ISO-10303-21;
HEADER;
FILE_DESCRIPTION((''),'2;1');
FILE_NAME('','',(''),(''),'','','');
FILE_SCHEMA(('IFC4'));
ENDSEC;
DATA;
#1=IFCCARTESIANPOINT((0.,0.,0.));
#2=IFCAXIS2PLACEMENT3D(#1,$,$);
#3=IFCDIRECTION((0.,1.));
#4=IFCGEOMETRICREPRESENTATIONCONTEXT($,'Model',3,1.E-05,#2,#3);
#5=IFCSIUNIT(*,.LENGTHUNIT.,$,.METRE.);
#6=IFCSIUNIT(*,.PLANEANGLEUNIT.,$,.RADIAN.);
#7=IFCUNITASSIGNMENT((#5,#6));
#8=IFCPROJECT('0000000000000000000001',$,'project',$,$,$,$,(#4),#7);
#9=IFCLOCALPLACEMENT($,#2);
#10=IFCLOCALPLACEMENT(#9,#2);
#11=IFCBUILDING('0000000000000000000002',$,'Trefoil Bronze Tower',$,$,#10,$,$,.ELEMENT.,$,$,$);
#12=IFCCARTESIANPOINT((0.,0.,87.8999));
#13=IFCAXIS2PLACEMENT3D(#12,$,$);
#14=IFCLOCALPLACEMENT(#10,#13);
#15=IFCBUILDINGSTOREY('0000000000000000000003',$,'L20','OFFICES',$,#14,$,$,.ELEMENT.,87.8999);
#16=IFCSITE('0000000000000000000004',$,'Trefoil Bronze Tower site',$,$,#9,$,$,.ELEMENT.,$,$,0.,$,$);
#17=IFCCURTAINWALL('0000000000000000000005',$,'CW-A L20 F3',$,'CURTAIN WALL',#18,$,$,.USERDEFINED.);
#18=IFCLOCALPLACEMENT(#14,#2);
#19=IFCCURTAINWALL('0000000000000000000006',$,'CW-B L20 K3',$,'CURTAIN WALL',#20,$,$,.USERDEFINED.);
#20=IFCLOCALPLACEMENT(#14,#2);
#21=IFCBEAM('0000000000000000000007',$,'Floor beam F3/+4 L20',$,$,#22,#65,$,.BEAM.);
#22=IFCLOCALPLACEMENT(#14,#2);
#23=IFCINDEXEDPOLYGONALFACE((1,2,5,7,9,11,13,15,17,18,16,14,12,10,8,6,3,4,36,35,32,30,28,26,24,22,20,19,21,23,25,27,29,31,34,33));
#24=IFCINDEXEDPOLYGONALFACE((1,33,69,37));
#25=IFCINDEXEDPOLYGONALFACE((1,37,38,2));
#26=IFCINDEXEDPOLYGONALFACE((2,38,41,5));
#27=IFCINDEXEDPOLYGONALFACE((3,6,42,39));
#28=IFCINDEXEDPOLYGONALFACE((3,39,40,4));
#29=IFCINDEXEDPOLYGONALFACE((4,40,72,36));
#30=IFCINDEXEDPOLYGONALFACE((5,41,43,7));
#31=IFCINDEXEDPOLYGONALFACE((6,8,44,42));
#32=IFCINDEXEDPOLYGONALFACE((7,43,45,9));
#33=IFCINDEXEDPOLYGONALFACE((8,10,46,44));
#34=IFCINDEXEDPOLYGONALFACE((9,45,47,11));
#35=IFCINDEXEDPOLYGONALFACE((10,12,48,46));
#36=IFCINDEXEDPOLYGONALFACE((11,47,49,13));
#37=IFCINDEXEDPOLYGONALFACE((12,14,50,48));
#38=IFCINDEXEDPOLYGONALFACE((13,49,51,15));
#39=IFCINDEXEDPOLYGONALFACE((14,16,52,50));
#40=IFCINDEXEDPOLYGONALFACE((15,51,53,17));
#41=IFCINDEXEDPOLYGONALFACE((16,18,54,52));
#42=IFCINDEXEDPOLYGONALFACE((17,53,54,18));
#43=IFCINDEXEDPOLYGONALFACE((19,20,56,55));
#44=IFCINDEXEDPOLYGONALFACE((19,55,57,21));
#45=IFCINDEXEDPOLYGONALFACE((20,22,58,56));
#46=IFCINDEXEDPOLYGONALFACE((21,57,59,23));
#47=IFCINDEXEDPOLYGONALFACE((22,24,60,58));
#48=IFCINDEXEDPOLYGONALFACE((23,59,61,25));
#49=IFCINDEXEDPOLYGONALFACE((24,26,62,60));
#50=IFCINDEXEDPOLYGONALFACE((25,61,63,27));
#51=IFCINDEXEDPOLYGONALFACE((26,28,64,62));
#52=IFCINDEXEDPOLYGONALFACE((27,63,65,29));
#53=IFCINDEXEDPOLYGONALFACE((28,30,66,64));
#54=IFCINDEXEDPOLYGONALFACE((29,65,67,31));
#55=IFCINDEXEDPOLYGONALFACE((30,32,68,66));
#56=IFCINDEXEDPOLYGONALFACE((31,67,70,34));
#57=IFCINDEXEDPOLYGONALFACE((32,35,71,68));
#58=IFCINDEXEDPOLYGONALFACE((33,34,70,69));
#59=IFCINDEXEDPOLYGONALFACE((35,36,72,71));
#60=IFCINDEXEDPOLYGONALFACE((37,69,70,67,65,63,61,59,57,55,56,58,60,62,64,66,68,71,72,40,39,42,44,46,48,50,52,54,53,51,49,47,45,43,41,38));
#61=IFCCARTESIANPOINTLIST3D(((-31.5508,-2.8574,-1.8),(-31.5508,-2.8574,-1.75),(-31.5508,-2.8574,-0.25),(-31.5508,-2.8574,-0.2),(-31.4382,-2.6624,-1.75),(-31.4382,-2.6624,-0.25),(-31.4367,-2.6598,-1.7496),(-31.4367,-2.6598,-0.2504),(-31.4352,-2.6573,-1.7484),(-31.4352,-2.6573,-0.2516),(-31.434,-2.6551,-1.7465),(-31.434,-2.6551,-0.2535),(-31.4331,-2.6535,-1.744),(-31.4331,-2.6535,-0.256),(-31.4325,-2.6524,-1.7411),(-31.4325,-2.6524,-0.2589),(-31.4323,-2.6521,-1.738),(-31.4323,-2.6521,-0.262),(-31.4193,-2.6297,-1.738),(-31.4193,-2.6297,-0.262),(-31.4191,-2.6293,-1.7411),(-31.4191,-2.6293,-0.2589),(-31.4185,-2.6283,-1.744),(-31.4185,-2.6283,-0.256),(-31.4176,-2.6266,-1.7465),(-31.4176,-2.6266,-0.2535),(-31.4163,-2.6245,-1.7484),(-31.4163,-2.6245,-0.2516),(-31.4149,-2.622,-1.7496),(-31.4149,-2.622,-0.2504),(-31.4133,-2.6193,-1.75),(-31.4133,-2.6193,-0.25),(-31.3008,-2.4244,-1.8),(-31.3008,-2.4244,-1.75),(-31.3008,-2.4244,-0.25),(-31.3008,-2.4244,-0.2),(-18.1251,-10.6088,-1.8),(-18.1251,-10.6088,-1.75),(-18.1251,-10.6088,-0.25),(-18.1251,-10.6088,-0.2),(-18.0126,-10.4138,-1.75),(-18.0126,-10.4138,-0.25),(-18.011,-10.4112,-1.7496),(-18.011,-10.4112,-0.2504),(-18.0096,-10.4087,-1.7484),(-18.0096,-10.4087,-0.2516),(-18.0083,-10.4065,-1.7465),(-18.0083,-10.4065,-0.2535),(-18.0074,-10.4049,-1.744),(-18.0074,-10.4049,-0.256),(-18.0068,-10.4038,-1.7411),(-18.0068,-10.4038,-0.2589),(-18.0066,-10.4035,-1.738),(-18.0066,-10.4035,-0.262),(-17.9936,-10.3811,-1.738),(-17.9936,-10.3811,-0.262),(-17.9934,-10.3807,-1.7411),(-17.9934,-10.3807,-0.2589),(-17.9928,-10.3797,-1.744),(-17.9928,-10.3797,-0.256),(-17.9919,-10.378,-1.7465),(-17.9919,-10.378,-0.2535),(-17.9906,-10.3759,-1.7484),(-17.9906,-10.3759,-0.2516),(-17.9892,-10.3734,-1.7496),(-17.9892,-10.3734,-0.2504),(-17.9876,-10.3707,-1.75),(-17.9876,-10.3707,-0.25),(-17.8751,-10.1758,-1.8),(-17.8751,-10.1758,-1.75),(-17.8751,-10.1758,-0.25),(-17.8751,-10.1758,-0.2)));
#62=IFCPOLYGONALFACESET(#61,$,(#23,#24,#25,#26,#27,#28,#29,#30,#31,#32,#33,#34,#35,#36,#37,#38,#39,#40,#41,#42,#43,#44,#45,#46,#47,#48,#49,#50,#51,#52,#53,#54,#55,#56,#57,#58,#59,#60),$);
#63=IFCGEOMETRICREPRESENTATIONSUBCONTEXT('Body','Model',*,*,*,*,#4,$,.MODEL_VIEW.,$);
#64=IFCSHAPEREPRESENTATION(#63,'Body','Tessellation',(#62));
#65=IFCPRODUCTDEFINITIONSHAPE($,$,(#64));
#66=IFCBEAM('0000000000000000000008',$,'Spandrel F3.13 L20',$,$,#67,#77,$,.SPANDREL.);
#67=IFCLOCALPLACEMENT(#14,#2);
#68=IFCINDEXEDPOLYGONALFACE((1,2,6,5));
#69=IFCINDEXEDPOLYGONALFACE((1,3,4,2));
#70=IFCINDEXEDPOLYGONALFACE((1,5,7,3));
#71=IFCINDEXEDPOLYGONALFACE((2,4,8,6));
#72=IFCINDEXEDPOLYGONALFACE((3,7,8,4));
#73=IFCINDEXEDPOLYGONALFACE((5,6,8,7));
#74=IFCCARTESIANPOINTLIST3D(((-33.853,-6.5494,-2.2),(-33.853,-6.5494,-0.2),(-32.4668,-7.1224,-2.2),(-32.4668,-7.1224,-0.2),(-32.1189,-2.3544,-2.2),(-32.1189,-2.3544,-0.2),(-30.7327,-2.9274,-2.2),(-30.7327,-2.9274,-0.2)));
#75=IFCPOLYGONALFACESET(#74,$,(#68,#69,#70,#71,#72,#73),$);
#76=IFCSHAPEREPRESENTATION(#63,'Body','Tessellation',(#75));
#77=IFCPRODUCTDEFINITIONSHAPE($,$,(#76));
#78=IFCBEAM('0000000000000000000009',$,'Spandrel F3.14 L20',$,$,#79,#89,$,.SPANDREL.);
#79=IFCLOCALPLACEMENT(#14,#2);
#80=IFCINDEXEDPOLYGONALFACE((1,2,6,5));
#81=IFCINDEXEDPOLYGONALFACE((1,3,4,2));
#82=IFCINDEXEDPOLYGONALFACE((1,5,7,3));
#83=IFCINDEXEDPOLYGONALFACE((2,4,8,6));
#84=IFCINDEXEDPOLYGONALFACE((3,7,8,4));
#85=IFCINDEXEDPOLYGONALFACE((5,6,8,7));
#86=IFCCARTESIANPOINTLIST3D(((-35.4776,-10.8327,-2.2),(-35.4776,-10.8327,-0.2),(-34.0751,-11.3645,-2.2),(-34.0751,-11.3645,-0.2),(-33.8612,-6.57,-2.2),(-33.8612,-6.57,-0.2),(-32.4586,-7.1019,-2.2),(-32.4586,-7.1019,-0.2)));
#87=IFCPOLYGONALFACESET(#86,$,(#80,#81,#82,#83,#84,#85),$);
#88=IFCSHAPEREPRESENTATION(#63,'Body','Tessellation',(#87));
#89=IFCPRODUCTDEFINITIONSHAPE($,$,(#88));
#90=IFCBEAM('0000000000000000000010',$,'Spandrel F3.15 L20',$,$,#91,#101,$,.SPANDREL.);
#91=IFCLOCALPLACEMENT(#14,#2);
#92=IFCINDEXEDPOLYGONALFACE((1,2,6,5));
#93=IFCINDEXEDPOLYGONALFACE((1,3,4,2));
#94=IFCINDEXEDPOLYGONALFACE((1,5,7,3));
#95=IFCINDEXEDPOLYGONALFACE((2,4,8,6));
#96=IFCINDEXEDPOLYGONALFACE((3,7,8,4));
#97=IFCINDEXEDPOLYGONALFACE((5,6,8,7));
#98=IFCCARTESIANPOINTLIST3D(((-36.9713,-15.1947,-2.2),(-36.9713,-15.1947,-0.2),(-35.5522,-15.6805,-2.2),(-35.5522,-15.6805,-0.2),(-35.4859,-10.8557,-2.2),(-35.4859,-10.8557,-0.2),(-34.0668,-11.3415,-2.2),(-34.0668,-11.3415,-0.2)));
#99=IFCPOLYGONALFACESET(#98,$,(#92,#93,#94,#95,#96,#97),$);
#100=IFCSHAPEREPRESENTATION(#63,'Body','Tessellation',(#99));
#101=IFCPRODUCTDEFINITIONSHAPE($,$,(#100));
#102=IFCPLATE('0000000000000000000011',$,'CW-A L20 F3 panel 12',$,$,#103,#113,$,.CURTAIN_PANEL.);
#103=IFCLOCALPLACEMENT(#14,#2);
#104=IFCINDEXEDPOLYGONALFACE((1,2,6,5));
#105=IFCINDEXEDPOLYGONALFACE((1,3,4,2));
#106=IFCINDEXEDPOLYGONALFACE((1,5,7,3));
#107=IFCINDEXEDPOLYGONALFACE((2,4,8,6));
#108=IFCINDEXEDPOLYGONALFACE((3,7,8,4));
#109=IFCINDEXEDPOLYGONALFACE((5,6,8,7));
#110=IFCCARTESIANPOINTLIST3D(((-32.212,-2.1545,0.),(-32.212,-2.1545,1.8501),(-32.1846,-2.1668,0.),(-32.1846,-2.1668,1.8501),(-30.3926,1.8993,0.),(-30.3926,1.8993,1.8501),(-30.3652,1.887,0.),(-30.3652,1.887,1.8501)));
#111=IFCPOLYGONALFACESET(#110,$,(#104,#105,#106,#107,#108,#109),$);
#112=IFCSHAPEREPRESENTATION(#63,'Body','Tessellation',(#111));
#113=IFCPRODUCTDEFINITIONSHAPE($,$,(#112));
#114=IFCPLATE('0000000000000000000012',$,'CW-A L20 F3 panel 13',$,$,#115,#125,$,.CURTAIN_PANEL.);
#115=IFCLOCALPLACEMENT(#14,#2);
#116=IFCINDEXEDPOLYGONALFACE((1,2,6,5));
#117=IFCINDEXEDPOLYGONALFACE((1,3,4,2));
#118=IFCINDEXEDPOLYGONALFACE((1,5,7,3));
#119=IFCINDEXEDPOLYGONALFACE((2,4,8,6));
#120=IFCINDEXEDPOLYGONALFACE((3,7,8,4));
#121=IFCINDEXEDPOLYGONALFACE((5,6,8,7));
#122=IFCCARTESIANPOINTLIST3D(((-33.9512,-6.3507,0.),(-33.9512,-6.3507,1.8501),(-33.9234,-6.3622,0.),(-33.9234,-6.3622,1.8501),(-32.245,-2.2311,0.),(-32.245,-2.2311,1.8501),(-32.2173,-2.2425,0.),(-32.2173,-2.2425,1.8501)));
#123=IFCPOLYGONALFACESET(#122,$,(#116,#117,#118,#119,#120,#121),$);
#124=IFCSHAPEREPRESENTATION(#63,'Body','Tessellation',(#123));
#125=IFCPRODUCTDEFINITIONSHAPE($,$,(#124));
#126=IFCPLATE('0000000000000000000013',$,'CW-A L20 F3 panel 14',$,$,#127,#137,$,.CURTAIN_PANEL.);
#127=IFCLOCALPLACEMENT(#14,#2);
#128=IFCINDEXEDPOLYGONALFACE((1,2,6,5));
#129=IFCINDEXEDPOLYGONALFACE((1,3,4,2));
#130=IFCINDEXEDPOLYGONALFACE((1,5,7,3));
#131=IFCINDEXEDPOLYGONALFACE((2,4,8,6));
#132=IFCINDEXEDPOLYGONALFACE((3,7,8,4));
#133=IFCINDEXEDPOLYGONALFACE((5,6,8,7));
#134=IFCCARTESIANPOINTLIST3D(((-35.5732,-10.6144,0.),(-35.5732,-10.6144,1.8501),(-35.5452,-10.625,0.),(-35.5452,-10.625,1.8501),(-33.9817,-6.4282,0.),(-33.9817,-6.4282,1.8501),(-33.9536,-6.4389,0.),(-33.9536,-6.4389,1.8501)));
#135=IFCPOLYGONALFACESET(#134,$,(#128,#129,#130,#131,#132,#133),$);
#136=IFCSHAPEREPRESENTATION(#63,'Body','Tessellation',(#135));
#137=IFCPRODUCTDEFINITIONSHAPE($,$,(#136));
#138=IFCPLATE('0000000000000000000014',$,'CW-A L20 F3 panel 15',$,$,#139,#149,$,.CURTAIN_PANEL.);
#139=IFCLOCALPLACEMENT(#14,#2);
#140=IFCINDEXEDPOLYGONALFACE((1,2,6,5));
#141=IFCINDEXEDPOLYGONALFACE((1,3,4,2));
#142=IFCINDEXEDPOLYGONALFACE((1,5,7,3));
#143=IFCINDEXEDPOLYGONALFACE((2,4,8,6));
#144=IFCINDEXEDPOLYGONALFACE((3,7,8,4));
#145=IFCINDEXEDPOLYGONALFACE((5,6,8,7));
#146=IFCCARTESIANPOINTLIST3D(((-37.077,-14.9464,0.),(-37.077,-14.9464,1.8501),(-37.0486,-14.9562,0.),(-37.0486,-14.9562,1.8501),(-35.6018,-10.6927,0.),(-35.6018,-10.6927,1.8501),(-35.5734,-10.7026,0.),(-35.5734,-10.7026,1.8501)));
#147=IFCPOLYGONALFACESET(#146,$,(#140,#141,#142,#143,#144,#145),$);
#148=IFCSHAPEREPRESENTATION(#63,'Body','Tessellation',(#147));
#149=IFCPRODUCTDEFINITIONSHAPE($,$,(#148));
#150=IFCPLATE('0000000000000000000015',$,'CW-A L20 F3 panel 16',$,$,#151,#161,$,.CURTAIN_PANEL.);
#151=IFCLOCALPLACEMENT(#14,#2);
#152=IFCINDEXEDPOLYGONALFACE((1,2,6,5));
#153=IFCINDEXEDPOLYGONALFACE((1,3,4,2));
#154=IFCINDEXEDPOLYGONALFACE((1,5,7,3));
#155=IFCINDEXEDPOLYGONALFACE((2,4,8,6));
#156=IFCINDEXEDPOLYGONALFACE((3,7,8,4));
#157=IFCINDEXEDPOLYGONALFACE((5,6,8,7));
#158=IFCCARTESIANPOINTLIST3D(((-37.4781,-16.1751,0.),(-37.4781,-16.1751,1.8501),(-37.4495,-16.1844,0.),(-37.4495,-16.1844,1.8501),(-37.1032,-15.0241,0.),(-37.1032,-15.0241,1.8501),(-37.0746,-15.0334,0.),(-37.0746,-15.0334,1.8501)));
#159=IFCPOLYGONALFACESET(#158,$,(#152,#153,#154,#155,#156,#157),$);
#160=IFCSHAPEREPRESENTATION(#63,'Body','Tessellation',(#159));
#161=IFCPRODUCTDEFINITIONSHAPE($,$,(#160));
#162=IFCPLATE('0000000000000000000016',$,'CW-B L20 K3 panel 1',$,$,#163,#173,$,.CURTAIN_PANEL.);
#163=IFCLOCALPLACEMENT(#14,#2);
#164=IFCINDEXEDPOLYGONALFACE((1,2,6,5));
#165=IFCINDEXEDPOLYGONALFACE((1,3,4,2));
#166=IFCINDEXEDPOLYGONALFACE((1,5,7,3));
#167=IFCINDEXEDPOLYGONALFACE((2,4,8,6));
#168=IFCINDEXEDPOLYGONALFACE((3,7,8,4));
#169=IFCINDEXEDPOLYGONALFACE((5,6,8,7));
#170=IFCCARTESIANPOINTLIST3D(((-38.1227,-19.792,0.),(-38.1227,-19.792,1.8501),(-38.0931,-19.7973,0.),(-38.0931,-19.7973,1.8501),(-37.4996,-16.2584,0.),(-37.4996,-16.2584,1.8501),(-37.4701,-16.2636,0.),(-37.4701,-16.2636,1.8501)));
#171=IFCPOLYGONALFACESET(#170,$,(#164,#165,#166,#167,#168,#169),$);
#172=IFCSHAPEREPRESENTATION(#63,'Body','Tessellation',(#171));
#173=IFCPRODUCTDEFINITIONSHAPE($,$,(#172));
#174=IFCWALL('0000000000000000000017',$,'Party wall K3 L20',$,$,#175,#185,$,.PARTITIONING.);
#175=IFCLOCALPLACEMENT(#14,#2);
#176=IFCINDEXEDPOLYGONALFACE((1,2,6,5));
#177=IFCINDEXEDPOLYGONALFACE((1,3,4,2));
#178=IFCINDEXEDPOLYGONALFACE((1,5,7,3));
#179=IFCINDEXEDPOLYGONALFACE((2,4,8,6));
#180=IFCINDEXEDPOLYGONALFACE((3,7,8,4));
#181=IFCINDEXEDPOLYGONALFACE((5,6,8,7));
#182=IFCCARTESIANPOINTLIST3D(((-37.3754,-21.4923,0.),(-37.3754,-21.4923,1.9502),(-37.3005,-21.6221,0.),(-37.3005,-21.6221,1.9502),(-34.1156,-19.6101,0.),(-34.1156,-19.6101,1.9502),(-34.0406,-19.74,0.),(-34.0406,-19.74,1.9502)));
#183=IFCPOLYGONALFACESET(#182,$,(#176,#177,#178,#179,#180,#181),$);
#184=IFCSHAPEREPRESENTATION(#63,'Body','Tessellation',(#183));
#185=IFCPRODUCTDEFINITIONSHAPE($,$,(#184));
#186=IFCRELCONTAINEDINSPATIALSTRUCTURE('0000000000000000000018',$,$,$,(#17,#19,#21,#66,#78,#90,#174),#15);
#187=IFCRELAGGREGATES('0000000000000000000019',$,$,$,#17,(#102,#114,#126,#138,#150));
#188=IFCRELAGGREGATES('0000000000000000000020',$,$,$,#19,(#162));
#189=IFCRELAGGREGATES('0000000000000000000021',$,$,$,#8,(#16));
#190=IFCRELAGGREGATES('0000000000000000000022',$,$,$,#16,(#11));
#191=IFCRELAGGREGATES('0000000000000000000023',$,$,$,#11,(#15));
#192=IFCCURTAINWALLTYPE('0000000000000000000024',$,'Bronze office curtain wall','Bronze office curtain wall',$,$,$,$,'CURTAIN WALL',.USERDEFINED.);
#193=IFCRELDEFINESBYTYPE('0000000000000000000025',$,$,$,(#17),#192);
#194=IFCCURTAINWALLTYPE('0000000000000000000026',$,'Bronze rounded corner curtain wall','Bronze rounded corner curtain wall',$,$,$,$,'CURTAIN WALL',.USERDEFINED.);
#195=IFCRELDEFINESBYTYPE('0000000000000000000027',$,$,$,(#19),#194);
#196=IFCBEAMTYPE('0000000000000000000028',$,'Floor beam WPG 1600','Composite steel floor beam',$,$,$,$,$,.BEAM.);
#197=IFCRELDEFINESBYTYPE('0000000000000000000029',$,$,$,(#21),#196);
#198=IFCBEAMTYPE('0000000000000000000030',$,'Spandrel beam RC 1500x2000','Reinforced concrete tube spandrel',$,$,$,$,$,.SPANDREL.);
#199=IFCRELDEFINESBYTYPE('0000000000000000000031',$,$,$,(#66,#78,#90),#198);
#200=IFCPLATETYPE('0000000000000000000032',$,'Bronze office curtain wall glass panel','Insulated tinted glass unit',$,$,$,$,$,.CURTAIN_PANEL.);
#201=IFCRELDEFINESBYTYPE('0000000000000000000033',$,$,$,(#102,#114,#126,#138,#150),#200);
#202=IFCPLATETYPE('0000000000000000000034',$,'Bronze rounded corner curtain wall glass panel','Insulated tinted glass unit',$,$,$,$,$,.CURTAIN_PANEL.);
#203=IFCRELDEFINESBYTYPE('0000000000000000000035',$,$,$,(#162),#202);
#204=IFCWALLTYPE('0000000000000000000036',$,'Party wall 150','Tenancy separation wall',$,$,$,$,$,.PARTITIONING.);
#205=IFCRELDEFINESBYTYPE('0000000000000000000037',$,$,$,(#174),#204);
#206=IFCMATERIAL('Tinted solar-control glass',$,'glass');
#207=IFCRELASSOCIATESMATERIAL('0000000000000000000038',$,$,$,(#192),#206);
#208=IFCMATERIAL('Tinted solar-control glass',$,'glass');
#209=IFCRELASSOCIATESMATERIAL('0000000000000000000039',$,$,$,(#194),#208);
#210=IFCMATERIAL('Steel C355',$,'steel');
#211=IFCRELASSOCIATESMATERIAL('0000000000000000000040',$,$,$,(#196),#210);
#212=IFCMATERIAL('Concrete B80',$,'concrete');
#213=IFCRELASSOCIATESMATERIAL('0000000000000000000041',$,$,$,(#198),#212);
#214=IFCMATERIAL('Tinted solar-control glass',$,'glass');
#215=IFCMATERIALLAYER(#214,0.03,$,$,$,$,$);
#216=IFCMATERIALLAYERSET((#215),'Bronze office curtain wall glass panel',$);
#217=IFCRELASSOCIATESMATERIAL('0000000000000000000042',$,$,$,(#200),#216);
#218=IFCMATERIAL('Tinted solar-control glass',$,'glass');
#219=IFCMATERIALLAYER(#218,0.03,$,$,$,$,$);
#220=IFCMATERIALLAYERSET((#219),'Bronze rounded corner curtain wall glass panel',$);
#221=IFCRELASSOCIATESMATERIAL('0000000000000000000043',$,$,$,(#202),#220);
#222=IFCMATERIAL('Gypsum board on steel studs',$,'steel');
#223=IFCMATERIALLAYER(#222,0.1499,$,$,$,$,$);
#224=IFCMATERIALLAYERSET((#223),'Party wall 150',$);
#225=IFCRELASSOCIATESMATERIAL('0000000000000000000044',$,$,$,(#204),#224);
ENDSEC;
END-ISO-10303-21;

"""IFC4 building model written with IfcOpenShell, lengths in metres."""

from ifc_helpers import new_model, si_unit, direction, frame, frame_2d, origin, origin_2d, place, context, subcontext, project, spatial, rectangle, i_section, extrude, material, layer, layer_set, material_profile, profile_set, type_object, element, aggregate, save


model = new_model("IFC4")

# Units and contexts
model_context = context("Model", 3, precision=1e-05, world=origin(), true_north=direction((0.0, 1.0)))
body_context = subcontext(model_context, "Body", "Model", "MODEL_VIEW")
ifc_project = project(units=[si_unit("LENGTHUNIT", "METRE"), si_unit("PLANEANGLEUNIT", "RADIAN")], contexts=[model_context])

# Site, building, storey
site_placement = place(None, origin())
site = spatial("IfcSite", under=ifc_project, at=site_placement, Name="Trefoil Bronze Tower site", CompositionType="ELEMENT", RefElevation=0.0)
building_placement = place(site_placement, origin())
building = spatial("IfcBuilding", under=site, at=building_placement, Name="Trefoil Bronze Tower", CompositionType="ELEMENT")
storey_placement = place(building_placement, frame((0.0, 0.0, 87.8999)))
storey = spatial("IfcBuildingStorey", under=building, at=storey_placement, Name="L20", Description="OFFICES", CompositionType="ELEMENT", Elevation=87.8999)

# Curtain walls
ifc_material_1 = material(Name="Tinted solar-control glass", Category="glass")
curtain_wall_type_1 = type_object("IfcCurtainWallType", Name="Bronze office curtain wall", Description="Bronze office curtain wall", ElementType="CURTAIN WALL", PredefinedType="USERDEFINED", material=ifc_material_1)
curtain_wall_1_placement = place(storey_placement, origin())
curtain_wall_1 = element("IfcCurtainWall", 1, at=curtain_wall_1_placement, inside=storey, type_object=curtain_wall_type_1, Name="CW-A L20 F3", ObjectType="CURTAIN WALL", PredefinedType="USERDEFINED")
ifc_material_2 = material(Name="Tinted solar-control glass", Category="glass")
curtain_wall_type_2 = type_object("IfcCurtainWallType", Name="Bronze rounded corner curtain wall", Description="Bronze rounded corner curtain wall", ElementType="CURTAIN WALL", PredefinedType="USERDEFINED", material=ifc_material_2)
curtain_wall_2_placement = place(storey_placement, origin())
curtain_wall_2 = element("IfcCurtainWall", 2, at=curtain_wall_2_placement, inside=storey, type_object=curtain_wall_type_2, Name="CW-B L20 K3", ObjectType="CURTAIN WALL", PredefinedType="USERDEFINED")

# Beams
ifc_material_3 = material(Name="Steel C355", Category="steel")
ifc_material_profile_1 = material_profile(ifc_material_3, i_section(OverallWidth=0.5, OverallDepth=1.6001, WebThickness=0.0259, FlangeThickness=0.05, FilletRadius=0.012, at=origin_2d()), Name="WPG 1600")
ifc_profile_set_1 = profile_set([ifc_material_profile_1], Name="Steel C355")
beam_type_1 = type_object("IfcBeamType", Name="Floor beam WPG 1600", Description="Composite steel floor beam", PredefinedType="BEAM", material=ifc_profile_set_1)
beam_1_placement = place(storey_placement, frame((-31.4258, -2.6409, -1.0), z_axis=(0.866023, -0.500004, 0.0), x_axis=(0.500004, 0.866023, 0.0)))
element("IfcBeam", 3, at=beam_1_placement, inside=storey, type_object=beam_type_1, Name="Floor beam F3/+4 L20", PredefinedType="BEAM", context=body_context, shape_type="SweptSolid", body=[
    extrude(i_section(OverallWidth=0.5, OverallDepth=1.6001, WebThickness=0.0259, FlangeThickness=0.05, FilletRadius=0.012, at=origin_2d()), origin(), (0.0, 0.0, 1.0), 15.5027),
])
ifc_material_4 = material(Name="Concrete B80", Category="concrete")
ifc_material_profile_2 = material_profile(ifc_material_4, rectangle(XDim=1.5, YDim=2.0, at=origin_2d()), Name="RC 1500x2000")
ifc_profile_set_2 = profile_set([ifc_material_profile_2], Name="Concrete B80")
beam_type_2 = type_object("IfcBeamType", Name="Spandrel beam RC 1500x2000", Description="Reinforced concrete tube spandrel", PredefinedType="SPANDREL", material=ifc_profile_set_2)
beam_2_placement = place(storey_placement, frame((-31.4258, -2.6409, -1.2), z_axis=(-0.382021, -0.924154, 0.0), x_axis=(0.924154, -0.382021, 0.0)))
element("IfcBeam", 4, at=beam_2_placement, inside=storey, type_object=beam_type_2, Name="Spandrel F3.13 L20", PredefinedType="SPANDREL", context=body_context, shape_type="SweptSolid", body=[
    extrude(rectangle(XDim=1.5, YDim=2.0, at=origin_2d()), origin(), (0.0, 0.0, 1.0), 4.5393),
])
beam_3_placement = place(storey_placement, frame((-33.1599, -6.8359, -1.2), z_axis=(-0.354572, -0.935029, 0.0), x_axis=(0.935029, -0.354572, 0.0)))
element("IfcBeam", 5, at=beam_3_placement, inside=storey, type_object=beam_type_2, Name="Spandrel F3.14 L20", PredefinedType="SPANDREL", context=body_context, shape_type="SweptSolid", body=[
    extrude(rectangle(XDim=1.5, YDim=2.0, at=origin_2d()), origin(), (0.0, 0.0, 1.0), 4.5588),
])
beam_4_placement = place(storey_placement, frame((-34.7764, -11.0986, -1.2), z_axis=(-0.323883, -0.946097, 0.0), x_axis=(0.946097, -0.323883, 0.0)))
element("IfcBeam", 6, at=beam_4_placement, inside=storey, type_object=beam_type_2, Name="Spandrel F3.15 L20", PredefinedType="SPANDREL", context=body_context, shape_type="SweptSolid", body=[
    extrude(rectangle(XDim=1.5, YDim=2.0, at=origin_2d()), origin(), (0.0, 0.0, 1.0), 4.5862),
])

# Plates
ifc_material_5 = material(Name="Tinted solar-control glass", Category="glass")
ifc_layer_1 = layer(ifc_material_5, 0.03)
ifc_layer_set_1 = layer_set([ifc_layer_1], Name="Bronze office curtain wall glass panel")
plate_type_1 = type_object("IfcPlateType", Name="Bronze office curtain wall glass panel", Description="Insulated tinted glass unit", PredefinedType="CURTAIN_PANEL", material=ifc_layer_set_1)
plate_1_placement = place(storey_placement, frame((-31.2886, -0.1338, 0.0), z_axis=(0.0, 0.0, 1.0), x_axis=(-0.409456, -0.91233, 0.0)))
plate_1 = element("IfcPlate", 7, at=plate_1_placement, type_object=plate_type_1, Name="CW-A L20 F3 panel 12", PredefinedType="CURTAIN_PANEL", context=body_context, shape_type="SweptSolid", body=[
    extrude(rectangle(XDim=4.4434, YDim=0.03, at=origin_2d()), origin(), (0.0, 0.0, 1.0), 1.8501),
])
plate_2_placement = place(storey_placement, frame((-33.0842, -4.2966, 0.0), z_axis=(0.0, 0.0, 1.0), x_axis=(-0.38263, -0.923902, 0.0)))
plate_2 = element("IfcPlate", 8, at=plate_2_placement, type_object=plate_type_1, Name="CW-A L20 F3 panel 13", PredefinedType="CURTAIN_PANEL", context=body_context, shape_type="SweptSolid", body=[
    extrude(rectangle(XDim=4.459, YDim=0.03, at=origin_2d()), origin(), (0.0, 0.0, 1.0), 1.8501),
])
plate_3_placement = place(storey_placement, frame((-34.7634, -8.5266, 0.0), z_axis=(0.0, 0.0, 1.0), x_axis=(-0.355371, -0.934725, 0.0)))
plate_3 = element("IfcPlate", 9, at=plate_3_placement, type_object=plate_type_1, Name="CW-A L20 F3 panel 14", PredefinedType="CURTAIN_PANEL", context=body_context, shape_type="SweptSolid", body=[
    extrude(rectangle(XDim=4.4785, YDim=0.03, at=origin_2d()), origin(), (0.0, 0.0, 1.0), 1.8501),
])
plate_4_placement = place(storey_placement, frame((-36.3252, -12.8245, 0.0), z_axis=(0.0, 0.0, 1.0), x_axis=(-0.327674, -0.944791, 0.0)))
plate_4 = element("IfcPlate", 10, at=plate_4_placement, type_object=plate_type_1, Name="CW-A L20 F3 panel 15", PredefinedType="CURTAIN_PANEL", context=body_context, shape_type="SweptSolid", body=[
    extrude(rectangle(XDim=4.5022, YDim=0.03, at=origin_2d()), origin(), (0.0, 0.0, 1.0), 1.8501),
])
plate_5_placement = place(storey_placement, frame((-37.2764, -15.6042, 0.0), z_axis=(0.0, 0.0, 1.0), x_axis=(-0.309728, -0.950825, 0.0)))
plate_5 = element("IfcPlate", 11, at=plate_5_placement, type_object=plate_type_1, Name="CW-A L20 F3 panel 16", PredefinedType="CURTAIN_PANEL", context=body_context, shape_type="SweptSolid", body=[
    extrude(rectangle(XDim=1.2104, YDim=0.03, at=origin_2d()), origin(), (0.0, 0.0, 1.0), 1.8501),
])
aggregate(curtain_wall_1, [plate_1, plate_2, plate_3, plate_4, plate_5])
ifc_material_6 = material(Name="Tinted solar-control glass", Category="glass")
ifc_layer_2 = layer(ifc_material_6, 0.03)
ifc_layer_set_2 = layer_set([ifc_layer_2], Name="Bronze rounded corner curtain wall glass panel")
plate_type_2 = type_object("IfcPlateType", Name="Bronze rounded corner curtain wall glass panel", Description="Insulated tinted glass unit", PredefinedType="CURTAIN_PANEL", material=ifc_layer_set_2)
plate_6_placement = place(storey_placement, frame((-37.7964, -18.0278, 0.0), z_axis=(0.0, 0.0, 1.0), x_axis=(-0.173648, -0.984808, 0.0)))
plate_6 = element("IfcPlate", 12, at=plate_6_placement, type_object=plate_type_2, Name="CW-B L20 K3 panel 1", PredefinedType="CURTAIN_PANEL", context=body_context, shape_type="SweptSolid", body=[
    extrude(rectangle(XDim=3.5881, YDim=0.03, at=origin_2d()), origin(), (0.0, 0.0, 1.0), 1.8501),
])
aggregate(curtain_wall_2, [plate_6])

# Wall
ifc_material_7 = material(Name="Gypsum board on steel studs", Category="steel")
ifc_layer_3 = layer(ifc_material_7, 0.1499)
ifc_layer_set_3 = layer_set([ifc_layer_3], Name="Party wall 150")
wall_type = type_object("IfcWallType", Name="Party wall 150", Description="Tenancy separation wall", PredefinedType="PARTITIONING", material=ifc_layer_set_3)
wall_placement = place(storey_placement, frame((-34.0781, -19.675, 0.0), z_axis=(0.0, 0.0, 1.0), x_axis=(-0.866019, -0.500011, 0.0)))
element("IfcWall", 13, at=wall_placement, inside=storey, type_object=wall_type, Name="Party wall K3 L20", PredefinedType="PARTITIONING", context=body_context, shape_type="SweptSolid", body=[
    extrude(rectangle(XDim=3.7642, YDim=0.1499, at=frame_2d((1.8821, 0.0))), origin(), (0.0, 0.0, 1.0), 1.9502),
])

save(model, "model.ifc")
